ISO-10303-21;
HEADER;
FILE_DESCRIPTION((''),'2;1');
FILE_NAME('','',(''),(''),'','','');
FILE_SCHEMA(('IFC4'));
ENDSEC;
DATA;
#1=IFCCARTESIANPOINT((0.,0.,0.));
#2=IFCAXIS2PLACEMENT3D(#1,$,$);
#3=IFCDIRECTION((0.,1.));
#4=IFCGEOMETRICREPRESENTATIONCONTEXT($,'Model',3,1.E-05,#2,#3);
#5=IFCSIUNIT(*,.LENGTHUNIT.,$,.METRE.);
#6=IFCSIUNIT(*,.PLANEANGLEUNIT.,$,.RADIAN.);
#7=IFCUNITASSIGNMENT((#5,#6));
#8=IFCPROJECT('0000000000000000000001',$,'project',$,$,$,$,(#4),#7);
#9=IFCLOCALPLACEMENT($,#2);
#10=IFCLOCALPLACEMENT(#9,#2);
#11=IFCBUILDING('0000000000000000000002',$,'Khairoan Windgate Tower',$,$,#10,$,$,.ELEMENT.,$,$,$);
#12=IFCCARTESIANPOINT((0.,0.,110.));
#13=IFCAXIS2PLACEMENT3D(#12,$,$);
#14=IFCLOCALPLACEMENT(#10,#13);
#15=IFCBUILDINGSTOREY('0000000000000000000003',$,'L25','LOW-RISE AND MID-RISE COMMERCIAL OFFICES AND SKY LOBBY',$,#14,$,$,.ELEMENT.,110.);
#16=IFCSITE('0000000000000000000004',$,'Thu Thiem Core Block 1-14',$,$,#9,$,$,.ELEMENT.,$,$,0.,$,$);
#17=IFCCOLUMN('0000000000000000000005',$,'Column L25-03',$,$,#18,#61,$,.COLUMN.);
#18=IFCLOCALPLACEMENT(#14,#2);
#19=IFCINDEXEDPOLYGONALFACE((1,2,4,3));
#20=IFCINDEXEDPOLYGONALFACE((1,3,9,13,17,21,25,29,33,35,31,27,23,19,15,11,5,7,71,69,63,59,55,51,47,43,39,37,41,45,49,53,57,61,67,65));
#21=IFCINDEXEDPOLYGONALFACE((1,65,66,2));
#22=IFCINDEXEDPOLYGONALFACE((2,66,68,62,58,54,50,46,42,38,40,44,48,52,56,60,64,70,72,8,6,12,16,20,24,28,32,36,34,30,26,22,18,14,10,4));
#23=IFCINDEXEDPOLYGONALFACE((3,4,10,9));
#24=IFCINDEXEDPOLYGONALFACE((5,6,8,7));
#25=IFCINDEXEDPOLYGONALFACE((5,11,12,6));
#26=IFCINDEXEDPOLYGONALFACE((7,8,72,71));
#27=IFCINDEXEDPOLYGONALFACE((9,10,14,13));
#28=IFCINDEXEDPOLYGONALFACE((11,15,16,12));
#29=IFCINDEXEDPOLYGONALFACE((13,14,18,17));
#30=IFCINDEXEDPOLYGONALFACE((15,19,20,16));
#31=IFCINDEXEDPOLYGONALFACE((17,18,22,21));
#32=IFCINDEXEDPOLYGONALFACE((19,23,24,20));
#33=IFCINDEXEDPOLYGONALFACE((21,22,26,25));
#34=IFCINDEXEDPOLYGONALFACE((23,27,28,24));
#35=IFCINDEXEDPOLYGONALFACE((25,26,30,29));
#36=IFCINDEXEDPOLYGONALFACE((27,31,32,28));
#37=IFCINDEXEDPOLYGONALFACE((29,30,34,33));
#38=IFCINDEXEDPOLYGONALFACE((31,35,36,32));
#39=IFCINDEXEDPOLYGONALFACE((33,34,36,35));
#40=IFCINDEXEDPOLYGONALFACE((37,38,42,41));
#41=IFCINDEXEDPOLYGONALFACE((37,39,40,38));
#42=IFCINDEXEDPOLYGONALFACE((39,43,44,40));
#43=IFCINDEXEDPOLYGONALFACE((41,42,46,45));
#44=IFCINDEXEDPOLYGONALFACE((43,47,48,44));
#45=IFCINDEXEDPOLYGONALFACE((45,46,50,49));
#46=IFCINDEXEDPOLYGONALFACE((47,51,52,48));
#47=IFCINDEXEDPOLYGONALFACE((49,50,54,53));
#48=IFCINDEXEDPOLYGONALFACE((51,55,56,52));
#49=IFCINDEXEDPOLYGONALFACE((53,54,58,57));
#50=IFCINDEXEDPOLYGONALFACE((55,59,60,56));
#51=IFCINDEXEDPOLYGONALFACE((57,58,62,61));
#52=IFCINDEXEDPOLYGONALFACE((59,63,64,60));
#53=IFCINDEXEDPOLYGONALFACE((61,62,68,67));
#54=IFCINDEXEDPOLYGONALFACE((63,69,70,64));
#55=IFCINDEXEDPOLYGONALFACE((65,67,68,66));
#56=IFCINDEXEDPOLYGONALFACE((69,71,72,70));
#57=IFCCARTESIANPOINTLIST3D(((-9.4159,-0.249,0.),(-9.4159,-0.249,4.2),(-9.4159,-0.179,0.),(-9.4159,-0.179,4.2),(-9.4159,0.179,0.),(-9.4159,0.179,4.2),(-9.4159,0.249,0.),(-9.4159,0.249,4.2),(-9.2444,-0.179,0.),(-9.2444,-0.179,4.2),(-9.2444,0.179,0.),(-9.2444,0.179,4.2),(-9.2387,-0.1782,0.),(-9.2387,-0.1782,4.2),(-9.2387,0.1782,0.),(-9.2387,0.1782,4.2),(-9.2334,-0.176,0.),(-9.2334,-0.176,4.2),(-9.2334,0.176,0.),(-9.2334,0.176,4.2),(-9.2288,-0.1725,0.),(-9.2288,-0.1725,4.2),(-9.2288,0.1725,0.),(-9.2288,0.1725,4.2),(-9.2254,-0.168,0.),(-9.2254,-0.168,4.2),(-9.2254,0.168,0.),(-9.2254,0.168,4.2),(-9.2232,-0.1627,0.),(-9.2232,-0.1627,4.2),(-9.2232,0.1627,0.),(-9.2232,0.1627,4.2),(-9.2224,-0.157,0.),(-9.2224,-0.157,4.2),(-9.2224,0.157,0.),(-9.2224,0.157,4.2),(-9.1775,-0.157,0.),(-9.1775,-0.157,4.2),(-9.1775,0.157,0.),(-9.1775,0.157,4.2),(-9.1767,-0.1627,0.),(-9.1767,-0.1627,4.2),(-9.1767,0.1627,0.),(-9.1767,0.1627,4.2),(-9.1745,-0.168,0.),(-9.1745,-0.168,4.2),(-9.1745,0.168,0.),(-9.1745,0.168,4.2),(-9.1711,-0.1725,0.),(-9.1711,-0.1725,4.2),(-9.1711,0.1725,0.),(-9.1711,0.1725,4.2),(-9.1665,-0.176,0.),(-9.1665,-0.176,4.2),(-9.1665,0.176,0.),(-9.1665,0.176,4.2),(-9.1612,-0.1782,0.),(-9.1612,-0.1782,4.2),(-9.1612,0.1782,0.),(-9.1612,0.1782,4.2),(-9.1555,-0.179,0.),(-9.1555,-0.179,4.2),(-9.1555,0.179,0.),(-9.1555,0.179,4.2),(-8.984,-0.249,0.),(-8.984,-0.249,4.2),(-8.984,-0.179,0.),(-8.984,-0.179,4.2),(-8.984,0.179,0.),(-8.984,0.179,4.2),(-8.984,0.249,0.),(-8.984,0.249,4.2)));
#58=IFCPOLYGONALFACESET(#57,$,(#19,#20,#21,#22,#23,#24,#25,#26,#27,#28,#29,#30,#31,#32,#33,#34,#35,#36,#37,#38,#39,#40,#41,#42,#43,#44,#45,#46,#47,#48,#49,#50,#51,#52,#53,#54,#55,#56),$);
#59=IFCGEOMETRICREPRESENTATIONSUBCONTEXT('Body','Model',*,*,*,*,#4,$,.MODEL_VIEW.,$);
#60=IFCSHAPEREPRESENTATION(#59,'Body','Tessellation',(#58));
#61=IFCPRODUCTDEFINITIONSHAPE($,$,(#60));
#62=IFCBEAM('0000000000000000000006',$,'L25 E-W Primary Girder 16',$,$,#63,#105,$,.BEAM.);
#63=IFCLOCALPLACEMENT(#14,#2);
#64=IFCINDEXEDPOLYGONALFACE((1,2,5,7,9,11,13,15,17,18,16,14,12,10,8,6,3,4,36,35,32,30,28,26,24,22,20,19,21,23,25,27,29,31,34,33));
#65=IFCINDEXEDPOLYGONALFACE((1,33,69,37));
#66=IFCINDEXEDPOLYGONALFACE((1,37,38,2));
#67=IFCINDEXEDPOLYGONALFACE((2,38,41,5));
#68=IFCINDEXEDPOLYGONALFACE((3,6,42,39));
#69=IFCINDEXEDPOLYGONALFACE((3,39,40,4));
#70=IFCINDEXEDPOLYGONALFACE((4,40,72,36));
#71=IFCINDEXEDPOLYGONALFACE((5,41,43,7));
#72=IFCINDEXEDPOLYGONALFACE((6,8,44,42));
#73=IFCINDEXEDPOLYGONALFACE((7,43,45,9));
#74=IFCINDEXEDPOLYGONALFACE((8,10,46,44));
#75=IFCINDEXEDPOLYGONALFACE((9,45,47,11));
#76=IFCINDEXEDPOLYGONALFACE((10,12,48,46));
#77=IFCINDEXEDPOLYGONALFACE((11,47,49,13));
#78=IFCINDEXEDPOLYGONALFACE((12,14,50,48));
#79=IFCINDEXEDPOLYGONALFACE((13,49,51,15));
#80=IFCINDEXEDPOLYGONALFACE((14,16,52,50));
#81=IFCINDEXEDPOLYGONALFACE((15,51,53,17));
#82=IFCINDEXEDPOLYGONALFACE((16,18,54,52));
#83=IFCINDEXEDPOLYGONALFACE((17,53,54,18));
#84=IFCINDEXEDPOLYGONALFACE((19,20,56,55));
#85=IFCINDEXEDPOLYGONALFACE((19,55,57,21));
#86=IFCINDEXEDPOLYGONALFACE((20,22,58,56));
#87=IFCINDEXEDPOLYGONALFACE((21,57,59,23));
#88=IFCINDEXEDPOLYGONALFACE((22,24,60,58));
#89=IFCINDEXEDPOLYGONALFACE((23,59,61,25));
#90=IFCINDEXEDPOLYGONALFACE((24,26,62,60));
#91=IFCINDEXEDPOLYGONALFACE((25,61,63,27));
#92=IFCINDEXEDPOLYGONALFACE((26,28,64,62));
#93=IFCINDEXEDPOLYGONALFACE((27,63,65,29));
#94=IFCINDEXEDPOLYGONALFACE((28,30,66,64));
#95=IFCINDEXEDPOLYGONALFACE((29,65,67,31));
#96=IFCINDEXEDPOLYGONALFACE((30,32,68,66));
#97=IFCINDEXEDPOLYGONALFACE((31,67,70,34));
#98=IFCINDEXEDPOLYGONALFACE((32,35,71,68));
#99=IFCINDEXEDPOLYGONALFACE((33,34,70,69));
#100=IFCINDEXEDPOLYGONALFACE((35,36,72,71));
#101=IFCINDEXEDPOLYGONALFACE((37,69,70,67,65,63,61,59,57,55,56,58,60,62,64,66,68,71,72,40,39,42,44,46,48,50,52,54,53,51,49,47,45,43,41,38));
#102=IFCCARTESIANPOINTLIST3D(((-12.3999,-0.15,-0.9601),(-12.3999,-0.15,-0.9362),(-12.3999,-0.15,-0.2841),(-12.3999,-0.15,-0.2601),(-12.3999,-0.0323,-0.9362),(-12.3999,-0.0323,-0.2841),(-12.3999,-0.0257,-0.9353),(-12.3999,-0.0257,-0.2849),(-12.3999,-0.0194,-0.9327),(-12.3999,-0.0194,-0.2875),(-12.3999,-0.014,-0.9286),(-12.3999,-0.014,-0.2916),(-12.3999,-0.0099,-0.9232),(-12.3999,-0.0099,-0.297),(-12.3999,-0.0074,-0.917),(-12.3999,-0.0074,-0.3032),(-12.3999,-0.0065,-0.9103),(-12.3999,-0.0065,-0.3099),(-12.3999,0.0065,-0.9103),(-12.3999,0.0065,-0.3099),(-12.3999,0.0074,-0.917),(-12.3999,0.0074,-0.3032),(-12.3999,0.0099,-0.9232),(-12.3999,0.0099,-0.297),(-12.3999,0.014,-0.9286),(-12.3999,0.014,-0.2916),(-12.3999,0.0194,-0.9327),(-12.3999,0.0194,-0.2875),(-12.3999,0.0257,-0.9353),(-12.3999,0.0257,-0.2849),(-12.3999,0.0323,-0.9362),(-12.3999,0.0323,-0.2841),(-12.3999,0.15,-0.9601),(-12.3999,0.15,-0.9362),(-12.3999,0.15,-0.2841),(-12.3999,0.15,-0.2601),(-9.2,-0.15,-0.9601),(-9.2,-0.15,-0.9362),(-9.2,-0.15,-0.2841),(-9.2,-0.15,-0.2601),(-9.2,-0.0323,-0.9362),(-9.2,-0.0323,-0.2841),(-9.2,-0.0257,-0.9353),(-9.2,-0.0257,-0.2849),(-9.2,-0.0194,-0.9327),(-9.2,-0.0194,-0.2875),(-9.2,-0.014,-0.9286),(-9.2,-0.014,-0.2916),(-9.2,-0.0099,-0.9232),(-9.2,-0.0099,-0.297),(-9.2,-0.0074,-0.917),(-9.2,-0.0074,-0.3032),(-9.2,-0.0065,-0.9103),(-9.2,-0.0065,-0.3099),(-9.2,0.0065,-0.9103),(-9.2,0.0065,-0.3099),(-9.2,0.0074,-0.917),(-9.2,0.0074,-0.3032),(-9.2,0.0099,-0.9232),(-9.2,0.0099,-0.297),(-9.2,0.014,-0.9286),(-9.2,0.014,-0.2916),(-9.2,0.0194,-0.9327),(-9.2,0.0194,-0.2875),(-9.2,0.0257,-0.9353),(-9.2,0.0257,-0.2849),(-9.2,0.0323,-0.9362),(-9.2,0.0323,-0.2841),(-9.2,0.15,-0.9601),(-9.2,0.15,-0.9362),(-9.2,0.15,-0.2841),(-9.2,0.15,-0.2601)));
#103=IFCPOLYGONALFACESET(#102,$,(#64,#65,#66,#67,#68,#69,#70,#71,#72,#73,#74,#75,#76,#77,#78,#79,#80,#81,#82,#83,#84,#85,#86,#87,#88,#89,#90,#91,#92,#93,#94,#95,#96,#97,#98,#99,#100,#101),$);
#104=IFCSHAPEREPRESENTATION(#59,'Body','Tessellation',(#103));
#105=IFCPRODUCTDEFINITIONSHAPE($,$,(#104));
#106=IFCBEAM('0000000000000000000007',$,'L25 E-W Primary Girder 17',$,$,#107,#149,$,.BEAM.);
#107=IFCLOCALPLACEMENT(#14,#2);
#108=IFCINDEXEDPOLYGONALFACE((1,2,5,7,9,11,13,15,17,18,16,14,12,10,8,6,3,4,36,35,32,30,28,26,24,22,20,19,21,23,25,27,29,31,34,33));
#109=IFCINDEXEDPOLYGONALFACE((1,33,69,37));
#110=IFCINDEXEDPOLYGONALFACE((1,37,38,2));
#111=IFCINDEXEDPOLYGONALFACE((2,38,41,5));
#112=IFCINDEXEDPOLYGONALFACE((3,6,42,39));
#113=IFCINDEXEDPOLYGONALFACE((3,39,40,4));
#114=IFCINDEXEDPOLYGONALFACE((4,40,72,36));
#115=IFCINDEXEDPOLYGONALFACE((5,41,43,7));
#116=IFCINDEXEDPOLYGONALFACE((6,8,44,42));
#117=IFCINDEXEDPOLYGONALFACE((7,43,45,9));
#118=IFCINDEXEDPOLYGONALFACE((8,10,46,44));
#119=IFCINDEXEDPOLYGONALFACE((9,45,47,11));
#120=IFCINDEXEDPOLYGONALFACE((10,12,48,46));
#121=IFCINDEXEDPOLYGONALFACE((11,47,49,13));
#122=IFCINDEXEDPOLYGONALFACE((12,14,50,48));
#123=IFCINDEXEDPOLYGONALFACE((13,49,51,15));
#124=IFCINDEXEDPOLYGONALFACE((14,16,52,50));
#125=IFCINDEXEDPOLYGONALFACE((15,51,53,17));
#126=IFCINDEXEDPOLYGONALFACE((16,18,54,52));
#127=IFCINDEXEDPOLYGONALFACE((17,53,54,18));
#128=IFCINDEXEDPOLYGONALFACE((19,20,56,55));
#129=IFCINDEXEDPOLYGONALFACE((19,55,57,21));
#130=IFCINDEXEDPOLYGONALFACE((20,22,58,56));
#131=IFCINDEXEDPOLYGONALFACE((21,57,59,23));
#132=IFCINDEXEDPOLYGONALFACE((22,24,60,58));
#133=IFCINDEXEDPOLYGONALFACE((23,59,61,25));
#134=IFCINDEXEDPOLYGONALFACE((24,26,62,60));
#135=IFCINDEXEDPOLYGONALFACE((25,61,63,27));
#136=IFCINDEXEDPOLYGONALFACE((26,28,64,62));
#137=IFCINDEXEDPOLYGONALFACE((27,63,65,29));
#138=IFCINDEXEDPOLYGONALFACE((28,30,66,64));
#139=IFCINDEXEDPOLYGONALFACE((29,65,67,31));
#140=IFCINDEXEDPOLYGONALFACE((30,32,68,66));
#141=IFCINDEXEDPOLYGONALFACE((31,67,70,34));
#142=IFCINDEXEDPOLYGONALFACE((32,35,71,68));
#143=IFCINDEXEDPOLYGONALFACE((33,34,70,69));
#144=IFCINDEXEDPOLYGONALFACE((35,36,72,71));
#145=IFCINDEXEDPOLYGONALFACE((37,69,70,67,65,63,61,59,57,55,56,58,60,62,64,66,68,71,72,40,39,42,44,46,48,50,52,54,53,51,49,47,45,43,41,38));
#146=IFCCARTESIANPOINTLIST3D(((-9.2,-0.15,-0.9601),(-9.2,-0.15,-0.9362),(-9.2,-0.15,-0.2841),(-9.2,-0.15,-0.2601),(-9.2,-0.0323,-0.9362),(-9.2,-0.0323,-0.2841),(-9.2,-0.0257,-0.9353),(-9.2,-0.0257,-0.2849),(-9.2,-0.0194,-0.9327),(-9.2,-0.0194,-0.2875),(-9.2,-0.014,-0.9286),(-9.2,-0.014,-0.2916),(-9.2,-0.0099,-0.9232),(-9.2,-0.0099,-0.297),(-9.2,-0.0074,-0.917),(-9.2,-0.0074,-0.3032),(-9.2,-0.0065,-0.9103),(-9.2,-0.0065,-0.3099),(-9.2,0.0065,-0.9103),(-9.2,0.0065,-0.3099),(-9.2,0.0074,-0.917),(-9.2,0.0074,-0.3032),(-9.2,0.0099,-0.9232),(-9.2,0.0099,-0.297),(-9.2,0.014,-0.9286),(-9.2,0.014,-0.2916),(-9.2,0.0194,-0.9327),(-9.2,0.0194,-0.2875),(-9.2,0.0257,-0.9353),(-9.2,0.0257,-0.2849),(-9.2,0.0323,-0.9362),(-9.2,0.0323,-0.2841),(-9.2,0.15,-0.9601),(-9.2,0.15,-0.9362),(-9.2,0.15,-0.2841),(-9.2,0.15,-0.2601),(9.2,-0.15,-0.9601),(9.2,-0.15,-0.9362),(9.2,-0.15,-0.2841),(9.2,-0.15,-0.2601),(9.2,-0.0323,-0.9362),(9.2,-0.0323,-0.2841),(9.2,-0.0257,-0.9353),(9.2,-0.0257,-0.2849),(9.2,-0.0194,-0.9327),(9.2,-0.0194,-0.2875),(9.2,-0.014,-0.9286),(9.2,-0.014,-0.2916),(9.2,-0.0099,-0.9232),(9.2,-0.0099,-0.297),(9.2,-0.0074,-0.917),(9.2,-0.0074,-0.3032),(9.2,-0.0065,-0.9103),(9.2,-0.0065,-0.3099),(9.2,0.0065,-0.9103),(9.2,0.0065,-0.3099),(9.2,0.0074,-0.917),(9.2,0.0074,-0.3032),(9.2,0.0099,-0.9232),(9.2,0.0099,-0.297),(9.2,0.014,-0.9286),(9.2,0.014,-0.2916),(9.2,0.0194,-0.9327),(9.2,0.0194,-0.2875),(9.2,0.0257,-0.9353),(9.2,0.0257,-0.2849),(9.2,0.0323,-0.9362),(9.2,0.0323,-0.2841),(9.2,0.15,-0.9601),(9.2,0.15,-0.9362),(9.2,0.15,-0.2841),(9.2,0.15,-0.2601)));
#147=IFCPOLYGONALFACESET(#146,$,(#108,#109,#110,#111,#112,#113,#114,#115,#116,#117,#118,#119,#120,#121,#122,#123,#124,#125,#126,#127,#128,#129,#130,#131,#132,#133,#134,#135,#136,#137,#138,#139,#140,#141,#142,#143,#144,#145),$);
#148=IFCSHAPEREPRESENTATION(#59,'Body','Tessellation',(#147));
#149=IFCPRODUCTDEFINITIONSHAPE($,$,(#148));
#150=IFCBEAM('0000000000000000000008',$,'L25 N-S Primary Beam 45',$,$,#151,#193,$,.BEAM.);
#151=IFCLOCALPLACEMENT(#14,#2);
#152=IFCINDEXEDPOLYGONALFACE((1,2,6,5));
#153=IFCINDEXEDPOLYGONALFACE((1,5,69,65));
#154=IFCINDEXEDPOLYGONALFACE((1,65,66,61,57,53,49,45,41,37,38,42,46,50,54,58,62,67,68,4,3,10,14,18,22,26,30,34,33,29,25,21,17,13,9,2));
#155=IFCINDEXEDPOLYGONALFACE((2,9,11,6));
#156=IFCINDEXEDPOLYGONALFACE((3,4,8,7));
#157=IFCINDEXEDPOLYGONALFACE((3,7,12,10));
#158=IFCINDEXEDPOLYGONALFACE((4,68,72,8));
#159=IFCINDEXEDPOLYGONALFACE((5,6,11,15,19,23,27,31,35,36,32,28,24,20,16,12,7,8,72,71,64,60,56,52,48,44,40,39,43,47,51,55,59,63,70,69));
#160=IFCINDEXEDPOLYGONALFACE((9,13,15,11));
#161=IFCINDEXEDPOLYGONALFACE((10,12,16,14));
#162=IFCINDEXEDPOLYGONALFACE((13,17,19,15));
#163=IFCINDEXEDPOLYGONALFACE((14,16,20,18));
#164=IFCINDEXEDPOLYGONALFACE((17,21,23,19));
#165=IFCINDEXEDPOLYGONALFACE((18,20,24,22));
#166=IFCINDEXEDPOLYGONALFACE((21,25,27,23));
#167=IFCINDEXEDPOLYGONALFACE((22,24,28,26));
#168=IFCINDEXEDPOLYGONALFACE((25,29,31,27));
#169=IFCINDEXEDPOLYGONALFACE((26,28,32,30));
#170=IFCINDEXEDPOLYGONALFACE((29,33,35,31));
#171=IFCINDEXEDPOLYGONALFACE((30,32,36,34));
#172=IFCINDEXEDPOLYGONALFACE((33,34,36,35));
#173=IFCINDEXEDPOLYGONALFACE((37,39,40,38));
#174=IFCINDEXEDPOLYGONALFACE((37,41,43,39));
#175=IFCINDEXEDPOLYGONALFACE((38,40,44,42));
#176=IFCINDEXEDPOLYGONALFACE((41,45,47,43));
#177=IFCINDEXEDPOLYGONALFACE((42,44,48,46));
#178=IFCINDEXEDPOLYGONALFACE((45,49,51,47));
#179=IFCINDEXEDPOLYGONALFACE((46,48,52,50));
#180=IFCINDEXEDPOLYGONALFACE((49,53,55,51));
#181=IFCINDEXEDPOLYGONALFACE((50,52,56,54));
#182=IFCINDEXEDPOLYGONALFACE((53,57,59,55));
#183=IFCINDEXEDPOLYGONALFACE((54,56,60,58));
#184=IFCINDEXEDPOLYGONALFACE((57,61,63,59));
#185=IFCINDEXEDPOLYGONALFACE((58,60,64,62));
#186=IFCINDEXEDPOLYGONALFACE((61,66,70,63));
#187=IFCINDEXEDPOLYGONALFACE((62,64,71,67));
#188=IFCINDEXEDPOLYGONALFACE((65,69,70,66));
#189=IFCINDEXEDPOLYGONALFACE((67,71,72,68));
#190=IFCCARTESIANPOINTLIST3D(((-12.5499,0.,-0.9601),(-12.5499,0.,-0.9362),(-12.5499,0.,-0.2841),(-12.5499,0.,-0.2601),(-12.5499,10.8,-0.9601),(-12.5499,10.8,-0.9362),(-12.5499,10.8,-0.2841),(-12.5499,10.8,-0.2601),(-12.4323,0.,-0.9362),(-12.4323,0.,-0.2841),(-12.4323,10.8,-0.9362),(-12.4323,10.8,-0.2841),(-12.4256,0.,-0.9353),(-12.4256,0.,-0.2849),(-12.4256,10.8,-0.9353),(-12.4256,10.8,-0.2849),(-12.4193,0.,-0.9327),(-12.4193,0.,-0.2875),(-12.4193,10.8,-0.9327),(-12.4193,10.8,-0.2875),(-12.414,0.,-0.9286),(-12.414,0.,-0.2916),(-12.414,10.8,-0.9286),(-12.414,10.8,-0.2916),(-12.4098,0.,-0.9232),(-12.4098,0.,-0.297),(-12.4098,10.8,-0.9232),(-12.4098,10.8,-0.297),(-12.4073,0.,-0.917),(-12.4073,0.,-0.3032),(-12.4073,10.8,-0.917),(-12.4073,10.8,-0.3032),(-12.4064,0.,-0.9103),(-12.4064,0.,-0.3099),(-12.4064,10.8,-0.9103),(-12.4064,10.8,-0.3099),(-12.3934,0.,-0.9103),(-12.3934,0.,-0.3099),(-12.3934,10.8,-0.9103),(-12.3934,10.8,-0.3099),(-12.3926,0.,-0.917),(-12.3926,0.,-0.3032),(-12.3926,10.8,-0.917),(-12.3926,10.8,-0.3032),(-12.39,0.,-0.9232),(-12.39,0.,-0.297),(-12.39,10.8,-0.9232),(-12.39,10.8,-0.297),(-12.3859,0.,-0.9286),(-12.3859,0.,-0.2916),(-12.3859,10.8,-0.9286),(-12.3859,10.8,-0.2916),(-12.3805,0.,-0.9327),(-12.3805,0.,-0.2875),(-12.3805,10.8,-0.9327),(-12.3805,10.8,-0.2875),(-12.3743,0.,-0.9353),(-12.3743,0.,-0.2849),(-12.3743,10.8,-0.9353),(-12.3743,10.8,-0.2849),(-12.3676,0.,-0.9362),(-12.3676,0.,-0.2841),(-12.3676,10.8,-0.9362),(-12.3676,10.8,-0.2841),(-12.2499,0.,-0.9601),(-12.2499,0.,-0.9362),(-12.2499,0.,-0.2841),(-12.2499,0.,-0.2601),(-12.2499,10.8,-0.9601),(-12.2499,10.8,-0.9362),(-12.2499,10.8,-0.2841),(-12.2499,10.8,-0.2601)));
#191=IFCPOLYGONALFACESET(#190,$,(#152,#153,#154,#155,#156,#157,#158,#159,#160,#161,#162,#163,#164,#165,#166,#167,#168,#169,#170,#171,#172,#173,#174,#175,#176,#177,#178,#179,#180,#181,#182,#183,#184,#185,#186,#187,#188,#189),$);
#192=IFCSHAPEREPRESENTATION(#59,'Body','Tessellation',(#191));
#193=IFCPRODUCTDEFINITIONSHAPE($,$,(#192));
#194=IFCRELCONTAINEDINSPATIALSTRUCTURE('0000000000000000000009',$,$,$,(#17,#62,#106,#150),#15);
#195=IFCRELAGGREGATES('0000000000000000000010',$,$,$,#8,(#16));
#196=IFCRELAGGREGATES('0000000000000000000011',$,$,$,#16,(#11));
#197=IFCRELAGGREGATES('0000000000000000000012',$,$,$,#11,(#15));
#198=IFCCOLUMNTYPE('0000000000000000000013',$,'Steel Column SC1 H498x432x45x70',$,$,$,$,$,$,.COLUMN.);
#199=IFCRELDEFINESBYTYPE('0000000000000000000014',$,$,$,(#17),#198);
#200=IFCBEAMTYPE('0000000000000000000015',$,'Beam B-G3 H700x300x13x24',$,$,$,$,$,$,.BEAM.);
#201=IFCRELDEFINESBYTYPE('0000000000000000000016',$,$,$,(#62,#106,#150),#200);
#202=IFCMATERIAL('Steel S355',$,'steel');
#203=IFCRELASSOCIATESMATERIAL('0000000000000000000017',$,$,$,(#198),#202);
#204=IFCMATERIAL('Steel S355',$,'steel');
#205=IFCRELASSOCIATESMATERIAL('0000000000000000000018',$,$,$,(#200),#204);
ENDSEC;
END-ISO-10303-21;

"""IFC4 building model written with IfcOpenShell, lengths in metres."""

from ifc_helpers import new_model, si_unit, direction, frame, origin, origin_2d, place, context, subcontext, project, spatial, i_section, extrude, material, material_profile, profile_set, type_object, element, save


model = new_model("IFC4")

# Units and contexts
model_context = context("Model", 3, precision=1e-05, world=origin(), true_north=direction((0.0, 1.0)))
body_context = subcontext(model_context, "Body", "Model", "MODEL_VIEW")
ifc_project = project(units=[si_unit("LENGTHUNIT", "METRE"), si_unit("PLANEANGLEUNIT", "RADIAN")], contexts=[model_context])

# Site, building, storey
site_placement = place(None, origin())
site = spatial("IfcSite", under=ifc_project, at=site_placement, Name="Thu Thiem Core Block 1-14", CompositionType="ELEMENT", RefElevation=0.0)
building_placement = place(site_placement, origin())
building = spatial("IfcBuilding", under=site, at=building_placement, Name="Khairoan Windgate Tower", CompositionType="ELEMENT")
storey_placement = place(building_placement, frame((0.0, 0.0, 110.0)))
storey = spatial("IfcBuildingStorey", under=building, at=storey_placement, Name="L25", Description="LOW-RISE AND MID-RISE COMMERCIAL OFFICES AND SKY LOBBY", CompositionType="ELEMENT", Elevation=110.0)

# Column
ifc_material_1 = material(Name="Steel S355", Category="steel")
ifc_material_profile_1 = material_profile(ifc_material_1, i_section(OverallWidth=0.4319, OverallDepth=0.498, WebThickness=0.0449, FlangeThickness=0.0701, FilletRadius=0.022, at=origin_2d()))
ifc_profile_set_1 = profile_set([ifc_material_profile_1], Name="Steel S355")
column_type = type_object("IfcColumnType", Name="Steel Column SC1 H498x432x45x70", PredefinedType="COLUMN", material=ifc_profile_set_1)
column_placement = place(storey_placement, frame((-9.2, 0.0, 0.0), z_axis=(0.0, 0.0, 1.0), x_axis=(1.0, 0.0, 0.0)))
element("IfcColumn", 1, at=column_placement, inside=storey, type_object=column_type, Name="Column L25-03", PredefinedType="COLUMN", context=body_context, shape_type="SweptSolid", body=[
    extrude(i_section(OverallWidth=0.4319, OverallDepth=0.498, WebThickness=0.0449, FlangeThickness=0.0701, FilletRadius=0.022, at=origin_2d()), origin(), (0.0, 0.0, 1.0), 4.2),
])

# Beams
ifc_material_2 = material(Name="Steel S355", Category="steel")
ifc_material_profile_2 = material_profile(ifc_material_2, i_section(OverallWidth=0.3, OverallDepth=0.7, WebThickness=0.0129, FlangeThickness=0.0239, FilletRadius=0.0259, at=origin_2d()))
ifc_profile_set_2 = profile_set([ifc_material_profile_2], Name="Steel S355")
beam_type = type_object("IfcBeamType", Name="Beam B-G3 H700x300x13x24", PredefinedType="BEAM", material=ifc_profile_set_2)
beam_1_placement = place(storey_placement, frame((-12.3999, 0.0, -0.6101), z_axis=(1.0, 0.0, 0.0), x_axis=(0.0, 1.0, 0.0)))
element("IfcBeam", 2, at=beam_1_placement, inside=storey, type_object=beam_type, Name="L25 E-W Primary Girder 16", PredefinedType="BEAM", context=body_context, shape_type="SweptSolid", body=[
    extrude(i_section(OverallWidth=0.3, OverallDepth=0.7, WebThickness=0.0129, FlangeThickness=0.0239, FilletRadius=0.0259, at=origin_2d()), origin(), (0.0, 0.0, 1.0), 3.2),
])
beam_2_placement = place(storey_placement, frame((-9.2, 0.0, -0.6101), z_axis=(1.0, 0.0, 0.0), x_axis=(0.0, 1.0, 0.0)))
element("IfcBeam", 3, at=beam_2_placement, inside=storey, type_object=beam_type, Name="L25 E-W Primary Girder 17", PredefinedType="BEAM", context=body_context, shape_type="SweptSolid", body=[
    extrude(i_section(OverallWidth=0.3, OverallDepth=0.7, WebThickness=0.0129, FlangeThickness=0.0239, FilletRadius=0.0259, at=origin_2d()), origin(), (0.0, 0.0, 1.0), 18.3999),
])
for number, where, z_axis, x_axis, name in (
    (4, (-12.3999, 0.0, -0.6101), (0.0, 1.0, 0.0), (-1.0, 0.0, 0.0), "L25 N-S Primary Beam 45"),
):
    element("IfcBeam", number, at=place(storey_placement, frame(where, z_axis=z_axis, x_axis=x_axis)), inside=storey, type_object=beam_type, Name=name, PredefinedType="BEAM", context=body_context, shape_type="SweptSolid", body=[
        extrude(i_section(OverallWidth=0.3, OverallDepth=0.7, WebThickness=0.0129, FlangeThickness=0.0239, FilletRadius=0.0259, at=origin_2d()), origin(), (0.0, 0.0, 1.0), 10.8),
    ])

save(model, "model.ifc")
